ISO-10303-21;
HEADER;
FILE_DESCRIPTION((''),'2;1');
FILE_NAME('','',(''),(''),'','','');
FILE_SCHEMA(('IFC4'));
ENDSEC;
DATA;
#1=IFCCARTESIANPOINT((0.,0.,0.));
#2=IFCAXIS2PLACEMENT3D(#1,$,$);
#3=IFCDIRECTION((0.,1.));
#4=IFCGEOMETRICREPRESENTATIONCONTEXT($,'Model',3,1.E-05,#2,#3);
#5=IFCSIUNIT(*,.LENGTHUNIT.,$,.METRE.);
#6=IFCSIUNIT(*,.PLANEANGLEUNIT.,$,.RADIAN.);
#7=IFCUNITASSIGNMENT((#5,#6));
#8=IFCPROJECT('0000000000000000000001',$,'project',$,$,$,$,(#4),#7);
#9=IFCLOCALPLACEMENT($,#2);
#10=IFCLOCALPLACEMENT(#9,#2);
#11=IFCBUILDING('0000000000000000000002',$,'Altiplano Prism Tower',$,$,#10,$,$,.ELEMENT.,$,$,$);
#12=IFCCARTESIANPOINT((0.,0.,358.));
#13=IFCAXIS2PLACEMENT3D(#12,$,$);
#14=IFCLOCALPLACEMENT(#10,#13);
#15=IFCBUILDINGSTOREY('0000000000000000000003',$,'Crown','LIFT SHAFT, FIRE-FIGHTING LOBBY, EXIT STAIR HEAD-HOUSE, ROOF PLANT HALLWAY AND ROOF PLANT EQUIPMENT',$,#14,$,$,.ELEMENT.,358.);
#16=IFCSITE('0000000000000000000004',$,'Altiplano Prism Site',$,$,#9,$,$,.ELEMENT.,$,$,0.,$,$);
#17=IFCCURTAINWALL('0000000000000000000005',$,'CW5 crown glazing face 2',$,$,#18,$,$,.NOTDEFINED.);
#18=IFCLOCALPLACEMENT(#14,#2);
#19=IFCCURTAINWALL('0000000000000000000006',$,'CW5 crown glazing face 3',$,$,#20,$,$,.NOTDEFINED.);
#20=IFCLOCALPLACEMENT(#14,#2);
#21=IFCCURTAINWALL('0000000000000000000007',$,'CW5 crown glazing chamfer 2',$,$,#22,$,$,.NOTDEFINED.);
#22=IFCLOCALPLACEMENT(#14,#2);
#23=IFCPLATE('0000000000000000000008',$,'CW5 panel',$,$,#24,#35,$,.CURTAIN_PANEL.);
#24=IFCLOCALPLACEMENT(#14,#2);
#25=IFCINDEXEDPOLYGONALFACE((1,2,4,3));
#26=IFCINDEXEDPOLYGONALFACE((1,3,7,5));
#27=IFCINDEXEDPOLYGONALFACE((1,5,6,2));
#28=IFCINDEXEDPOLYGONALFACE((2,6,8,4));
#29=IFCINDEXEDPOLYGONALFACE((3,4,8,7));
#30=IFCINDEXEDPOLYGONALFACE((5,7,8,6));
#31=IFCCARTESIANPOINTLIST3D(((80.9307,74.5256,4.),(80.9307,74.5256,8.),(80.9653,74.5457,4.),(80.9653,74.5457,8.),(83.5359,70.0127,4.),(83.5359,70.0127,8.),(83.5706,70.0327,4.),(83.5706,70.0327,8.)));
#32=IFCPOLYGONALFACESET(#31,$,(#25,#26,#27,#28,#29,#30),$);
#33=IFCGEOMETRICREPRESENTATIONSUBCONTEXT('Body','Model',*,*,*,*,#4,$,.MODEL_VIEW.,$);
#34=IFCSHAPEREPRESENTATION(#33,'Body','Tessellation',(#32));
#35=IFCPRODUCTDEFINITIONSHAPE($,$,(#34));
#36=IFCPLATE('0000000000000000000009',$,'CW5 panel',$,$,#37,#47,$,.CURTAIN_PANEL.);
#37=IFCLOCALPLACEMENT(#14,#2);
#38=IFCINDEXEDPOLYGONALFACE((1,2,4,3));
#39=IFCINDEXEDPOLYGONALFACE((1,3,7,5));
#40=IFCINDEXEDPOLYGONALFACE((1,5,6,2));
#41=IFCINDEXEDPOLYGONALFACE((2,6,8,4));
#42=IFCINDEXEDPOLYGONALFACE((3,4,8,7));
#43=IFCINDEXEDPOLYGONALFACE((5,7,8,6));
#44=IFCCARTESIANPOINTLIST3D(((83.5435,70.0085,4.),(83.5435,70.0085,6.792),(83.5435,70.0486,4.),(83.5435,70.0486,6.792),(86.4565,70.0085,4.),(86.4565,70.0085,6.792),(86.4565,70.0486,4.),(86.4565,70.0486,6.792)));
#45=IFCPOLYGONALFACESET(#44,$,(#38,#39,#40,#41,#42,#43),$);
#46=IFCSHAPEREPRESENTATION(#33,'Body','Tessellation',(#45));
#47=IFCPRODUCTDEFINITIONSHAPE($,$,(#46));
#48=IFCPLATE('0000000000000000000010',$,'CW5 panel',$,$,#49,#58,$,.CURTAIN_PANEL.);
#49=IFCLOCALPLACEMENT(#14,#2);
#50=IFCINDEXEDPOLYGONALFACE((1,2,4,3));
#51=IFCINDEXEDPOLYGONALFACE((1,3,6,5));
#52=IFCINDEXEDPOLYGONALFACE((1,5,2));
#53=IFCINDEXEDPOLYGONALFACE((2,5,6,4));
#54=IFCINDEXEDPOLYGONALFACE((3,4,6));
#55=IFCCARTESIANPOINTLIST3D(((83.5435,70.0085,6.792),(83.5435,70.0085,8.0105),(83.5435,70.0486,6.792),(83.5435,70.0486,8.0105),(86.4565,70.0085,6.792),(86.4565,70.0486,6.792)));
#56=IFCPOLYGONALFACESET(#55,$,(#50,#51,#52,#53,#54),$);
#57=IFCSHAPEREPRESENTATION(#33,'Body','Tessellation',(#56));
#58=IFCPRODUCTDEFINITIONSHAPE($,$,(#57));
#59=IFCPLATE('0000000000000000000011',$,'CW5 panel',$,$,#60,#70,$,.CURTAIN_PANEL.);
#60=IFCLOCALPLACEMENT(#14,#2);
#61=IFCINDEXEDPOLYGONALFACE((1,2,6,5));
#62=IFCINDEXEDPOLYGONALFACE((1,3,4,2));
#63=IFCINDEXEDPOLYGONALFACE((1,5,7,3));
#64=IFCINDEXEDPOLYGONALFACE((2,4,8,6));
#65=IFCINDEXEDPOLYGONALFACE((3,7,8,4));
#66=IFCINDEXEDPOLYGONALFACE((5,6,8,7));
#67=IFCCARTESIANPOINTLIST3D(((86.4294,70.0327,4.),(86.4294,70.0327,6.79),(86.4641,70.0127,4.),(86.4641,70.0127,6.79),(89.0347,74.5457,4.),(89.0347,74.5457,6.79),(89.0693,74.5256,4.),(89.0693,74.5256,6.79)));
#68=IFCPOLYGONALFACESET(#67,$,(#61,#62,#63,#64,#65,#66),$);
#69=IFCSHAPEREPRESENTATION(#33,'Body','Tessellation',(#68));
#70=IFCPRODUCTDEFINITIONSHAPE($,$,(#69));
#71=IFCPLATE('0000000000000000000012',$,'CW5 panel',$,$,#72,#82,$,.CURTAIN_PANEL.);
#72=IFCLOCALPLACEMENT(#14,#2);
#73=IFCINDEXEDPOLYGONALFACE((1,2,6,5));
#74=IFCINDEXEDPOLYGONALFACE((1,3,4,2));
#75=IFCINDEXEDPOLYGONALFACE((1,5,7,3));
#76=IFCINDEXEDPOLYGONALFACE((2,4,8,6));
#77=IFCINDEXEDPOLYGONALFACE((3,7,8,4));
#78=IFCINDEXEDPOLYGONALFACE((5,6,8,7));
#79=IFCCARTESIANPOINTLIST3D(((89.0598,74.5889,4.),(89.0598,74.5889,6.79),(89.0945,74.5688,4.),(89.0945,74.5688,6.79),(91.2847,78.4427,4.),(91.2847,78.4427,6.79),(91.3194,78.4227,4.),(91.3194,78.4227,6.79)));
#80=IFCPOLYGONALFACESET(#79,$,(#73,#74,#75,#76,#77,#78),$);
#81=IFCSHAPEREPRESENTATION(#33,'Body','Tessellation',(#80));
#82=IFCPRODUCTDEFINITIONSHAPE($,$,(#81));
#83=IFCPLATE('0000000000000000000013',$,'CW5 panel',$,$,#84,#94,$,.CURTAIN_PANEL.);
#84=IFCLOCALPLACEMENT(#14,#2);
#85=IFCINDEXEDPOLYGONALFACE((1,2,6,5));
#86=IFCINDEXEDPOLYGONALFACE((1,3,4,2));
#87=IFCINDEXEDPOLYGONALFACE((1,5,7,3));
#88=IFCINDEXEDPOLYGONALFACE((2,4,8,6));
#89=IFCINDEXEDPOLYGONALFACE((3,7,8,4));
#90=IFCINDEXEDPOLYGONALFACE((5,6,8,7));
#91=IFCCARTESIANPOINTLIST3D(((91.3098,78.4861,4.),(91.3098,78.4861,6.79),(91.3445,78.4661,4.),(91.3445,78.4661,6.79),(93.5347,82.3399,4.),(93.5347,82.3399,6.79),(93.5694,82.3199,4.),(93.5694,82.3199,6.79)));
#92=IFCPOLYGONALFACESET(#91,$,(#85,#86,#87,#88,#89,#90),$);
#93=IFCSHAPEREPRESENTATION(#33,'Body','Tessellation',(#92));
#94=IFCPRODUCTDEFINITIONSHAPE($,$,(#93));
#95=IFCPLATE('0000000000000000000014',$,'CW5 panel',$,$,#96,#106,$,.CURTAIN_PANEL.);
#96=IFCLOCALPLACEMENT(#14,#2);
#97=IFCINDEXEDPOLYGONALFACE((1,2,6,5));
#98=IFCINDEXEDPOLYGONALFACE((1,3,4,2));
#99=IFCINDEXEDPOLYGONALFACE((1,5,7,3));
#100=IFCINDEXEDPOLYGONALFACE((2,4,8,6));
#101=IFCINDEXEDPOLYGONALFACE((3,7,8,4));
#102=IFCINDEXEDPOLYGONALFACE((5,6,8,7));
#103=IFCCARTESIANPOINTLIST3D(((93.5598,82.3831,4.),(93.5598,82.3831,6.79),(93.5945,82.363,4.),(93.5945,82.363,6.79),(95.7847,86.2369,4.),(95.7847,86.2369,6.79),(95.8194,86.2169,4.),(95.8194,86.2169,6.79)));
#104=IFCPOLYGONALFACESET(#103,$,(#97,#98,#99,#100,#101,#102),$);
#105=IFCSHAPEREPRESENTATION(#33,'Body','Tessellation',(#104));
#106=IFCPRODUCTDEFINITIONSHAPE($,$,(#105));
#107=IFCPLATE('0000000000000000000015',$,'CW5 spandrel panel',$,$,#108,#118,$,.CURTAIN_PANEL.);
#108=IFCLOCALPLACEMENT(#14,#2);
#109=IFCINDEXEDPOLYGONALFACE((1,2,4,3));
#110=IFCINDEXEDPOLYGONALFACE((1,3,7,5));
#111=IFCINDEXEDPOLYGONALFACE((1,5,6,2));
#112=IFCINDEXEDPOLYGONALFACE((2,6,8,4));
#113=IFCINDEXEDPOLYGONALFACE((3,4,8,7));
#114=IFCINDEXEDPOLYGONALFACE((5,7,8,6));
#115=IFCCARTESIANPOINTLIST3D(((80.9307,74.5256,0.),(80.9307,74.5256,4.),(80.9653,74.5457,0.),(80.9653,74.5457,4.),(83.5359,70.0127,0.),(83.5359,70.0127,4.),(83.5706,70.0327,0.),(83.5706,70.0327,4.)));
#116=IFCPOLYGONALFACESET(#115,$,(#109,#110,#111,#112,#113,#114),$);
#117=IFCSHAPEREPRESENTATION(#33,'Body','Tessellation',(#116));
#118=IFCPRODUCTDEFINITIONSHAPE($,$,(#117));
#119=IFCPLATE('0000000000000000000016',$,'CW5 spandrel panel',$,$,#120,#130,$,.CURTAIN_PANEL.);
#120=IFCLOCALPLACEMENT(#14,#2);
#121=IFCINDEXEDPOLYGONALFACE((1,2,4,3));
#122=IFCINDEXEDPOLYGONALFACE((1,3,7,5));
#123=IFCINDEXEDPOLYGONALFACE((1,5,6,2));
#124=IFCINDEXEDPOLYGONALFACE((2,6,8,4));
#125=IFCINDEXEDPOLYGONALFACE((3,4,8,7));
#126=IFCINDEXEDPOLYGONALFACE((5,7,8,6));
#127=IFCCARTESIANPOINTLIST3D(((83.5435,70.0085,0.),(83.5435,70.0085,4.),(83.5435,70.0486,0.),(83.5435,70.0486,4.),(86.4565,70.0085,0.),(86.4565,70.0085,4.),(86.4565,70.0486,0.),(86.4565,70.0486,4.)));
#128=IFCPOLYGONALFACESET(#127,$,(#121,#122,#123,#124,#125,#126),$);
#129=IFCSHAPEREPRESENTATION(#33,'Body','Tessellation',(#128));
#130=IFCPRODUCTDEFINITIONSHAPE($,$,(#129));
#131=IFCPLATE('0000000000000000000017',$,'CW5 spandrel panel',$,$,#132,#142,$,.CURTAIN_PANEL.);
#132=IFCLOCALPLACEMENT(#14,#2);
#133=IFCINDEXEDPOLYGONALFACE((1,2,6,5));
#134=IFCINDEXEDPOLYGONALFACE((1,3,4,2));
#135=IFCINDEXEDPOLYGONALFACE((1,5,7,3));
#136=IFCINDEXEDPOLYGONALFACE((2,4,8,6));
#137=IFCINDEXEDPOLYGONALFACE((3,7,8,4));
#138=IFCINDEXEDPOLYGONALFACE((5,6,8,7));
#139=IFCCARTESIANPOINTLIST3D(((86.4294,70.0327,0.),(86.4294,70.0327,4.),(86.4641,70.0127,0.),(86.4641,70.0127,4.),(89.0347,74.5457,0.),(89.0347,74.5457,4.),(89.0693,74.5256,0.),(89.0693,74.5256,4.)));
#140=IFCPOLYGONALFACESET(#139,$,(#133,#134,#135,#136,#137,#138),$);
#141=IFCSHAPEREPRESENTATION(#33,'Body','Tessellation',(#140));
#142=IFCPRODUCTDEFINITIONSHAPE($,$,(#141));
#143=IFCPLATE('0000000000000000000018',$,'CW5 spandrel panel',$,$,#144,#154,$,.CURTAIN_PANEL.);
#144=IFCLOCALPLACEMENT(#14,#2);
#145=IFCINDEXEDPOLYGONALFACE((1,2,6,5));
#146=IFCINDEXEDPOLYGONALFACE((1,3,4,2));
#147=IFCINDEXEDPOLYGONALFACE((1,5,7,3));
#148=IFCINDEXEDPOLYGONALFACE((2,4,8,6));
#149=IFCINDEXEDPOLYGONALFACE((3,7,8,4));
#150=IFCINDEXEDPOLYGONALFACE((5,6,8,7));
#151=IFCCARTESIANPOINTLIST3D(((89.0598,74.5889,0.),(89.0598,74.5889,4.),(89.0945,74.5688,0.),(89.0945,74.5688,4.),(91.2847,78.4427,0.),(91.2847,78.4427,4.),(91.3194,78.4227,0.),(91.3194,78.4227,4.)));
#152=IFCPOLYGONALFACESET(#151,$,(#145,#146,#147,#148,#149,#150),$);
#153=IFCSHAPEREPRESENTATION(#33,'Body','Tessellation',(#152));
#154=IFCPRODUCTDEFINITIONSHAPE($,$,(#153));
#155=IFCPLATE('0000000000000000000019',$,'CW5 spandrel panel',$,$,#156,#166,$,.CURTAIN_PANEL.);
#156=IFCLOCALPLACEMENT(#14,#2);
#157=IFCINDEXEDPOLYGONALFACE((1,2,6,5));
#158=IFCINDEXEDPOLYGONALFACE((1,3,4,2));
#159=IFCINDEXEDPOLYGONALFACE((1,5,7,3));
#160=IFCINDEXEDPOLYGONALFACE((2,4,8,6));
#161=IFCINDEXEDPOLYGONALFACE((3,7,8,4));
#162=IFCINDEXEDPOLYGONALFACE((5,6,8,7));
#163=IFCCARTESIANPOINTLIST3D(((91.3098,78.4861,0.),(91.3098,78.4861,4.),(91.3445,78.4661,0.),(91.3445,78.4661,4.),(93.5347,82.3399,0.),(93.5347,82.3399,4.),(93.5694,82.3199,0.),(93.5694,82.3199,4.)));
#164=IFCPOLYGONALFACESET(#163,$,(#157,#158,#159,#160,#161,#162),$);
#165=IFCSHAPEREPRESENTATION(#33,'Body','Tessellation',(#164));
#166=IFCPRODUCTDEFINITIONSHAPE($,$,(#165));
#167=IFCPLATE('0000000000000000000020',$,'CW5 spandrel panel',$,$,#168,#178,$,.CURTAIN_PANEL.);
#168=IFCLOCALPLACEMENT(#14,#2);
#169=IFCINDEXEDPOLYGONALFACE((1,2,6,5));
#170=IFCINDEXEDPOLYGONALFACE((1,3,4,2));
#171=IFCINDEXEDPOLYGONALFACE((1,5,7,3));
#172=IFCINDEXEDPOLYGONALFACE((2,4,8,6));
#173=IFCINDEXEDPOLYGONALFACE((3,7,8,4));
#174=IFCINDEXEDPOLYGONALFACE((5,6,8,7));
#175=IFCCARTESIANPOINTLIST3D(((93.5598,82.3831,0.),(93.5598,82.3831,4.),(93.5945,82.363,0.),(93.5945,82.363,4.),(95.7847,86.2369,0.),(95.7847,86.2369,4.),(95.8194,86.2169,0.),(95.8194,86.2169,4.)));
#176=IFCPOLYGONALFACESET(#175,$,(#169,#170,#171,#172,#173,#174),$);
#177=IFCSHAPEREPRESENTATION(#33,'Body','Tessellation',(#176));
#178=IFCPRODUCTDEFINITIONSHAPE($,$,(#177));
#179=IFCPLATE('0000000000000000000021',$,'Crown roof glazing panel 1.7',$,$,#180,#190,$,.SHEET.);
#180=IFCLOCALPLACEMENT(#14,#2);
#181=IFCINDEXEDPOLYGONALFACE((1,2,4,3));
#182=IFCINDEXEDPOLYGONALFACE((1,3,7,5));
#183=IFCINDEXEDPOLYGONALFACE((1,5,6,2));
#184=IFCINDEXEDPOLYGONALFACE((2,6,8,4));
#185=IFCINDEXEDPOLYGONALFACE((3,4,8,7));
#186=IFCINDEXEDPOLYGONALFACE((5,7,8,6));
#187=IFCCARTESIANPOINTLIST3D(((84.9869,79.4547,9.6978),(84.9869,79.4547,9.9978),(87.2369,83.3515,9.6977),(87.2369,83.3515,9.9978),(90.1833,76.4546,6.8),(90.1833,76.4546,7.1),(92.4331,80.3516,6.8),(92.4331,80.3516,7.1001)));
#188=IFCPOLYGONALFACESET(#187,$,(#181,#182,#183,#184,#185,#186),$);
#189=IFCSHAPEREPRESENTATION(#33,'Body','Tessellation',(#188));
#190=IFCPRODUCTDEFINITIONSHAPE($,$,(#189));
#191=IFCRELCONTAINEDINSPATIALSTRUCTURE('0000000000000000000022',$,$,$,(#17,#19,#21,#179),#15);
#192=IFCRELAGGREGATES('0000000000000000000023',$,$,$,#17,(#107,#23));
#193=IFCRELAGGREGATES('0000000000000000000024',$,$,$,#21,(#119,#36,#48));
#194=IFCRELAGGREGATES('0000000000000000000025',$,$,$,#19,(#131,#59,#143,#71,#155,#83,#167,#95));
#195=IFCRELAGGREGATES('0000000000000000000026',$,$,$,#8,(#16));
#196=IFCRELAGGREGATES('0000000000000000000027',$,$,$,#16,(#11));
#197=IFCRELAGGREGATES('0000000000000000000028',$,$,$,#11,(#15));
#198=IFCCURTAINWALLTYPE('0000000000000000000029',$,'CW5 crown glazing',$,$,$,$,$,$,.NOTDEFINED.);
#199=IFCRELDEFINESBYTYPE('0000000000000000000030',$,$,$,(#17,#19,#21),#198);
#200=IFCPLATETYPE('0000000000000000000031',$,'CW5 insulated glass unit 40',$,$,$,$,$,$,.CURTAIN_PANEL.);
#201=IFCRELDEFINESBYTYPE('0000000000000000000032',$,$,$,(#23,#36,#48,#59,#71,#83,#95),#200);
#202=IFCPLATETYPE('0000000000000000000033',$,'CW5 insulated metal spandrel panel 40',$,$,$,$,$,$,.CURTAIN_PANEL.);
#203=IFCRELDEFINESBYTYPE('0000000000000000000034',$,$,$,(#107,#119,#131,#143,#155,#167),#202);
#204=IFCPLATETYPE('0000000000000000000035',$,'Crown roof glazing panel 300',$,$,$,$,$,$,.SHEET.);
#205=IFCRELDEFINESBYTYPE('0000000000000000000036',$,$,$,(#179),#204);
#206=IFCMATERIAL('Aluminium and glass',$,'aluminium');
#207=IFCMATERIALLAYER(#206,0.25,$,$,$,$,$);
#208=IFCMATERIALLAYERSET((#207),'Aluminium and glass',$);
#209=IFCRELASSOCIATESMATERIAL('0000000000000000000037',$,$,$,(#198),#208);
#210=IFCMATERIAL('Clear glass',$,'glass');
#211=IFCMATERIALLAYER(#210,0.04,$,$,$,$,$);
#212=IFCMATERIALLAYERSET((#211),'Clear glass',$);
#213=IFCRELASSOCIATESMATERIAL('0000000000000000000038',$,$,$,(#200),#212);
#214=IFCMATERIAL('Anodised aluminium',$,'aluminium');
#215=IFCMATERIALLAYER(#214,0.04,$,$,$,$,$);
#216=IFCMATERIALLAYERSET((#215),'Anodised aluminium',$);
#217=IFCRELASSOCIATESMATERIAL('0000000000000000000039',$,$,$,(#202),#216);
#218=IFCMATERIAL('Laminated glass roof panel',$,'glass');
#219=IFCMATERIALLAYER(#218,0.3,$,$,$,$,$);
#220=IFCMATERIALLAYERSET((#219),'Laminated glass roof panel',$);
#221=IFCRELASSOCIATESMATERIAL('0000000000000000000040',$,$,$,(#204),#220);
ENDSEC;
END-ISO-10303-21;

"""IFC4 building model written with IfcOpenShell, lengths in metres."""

from ifc_helpers import new_model, si_unit, direction, frame, origin, place, context, subcontext, project, spatial, polyline, outline, extrude, material, layer, layer_set, type_object, element, aggregate, save


model = new_model("IFC4")

# Units and contexts
model_context = context("Model", 3, precision=1e-05, world=origin(), true_north=direction((0.0, 1.0)))
body_context = subcontext(model_context, "Body", "Model", "MODEL_VIEW")
ifc_project = project(units=[si_unit("LENGTHUNIT", "METRE"), si_unit("PLANEANGLEUNIT", "RADIAN")], contexts=[model_context])

# Site, building, storey
site_placement = place(None, origin())
site = spatial("IfcSite", under=ifc_project, at=site_placement, Name="Altiplano Prism Site", CompositionType="ELEMENT", RefElevation=0.0)
building_placement = place(site_placement, origin())
building = spatial("IfcBuilding", under=site, at=building_placement, Name="Altiplano Prism Tower", CompositionType="ELEMENT")
storey_placement = place(building_placement, frame((0.0, 0.0, 358.0)))
storey = spatial("IfcBuildingStorey", under=building, at=storey_placement, Name="Crown", Description="LIFT SHAFT, FIRE-FIGHTING LOBBY, EXIT STAIR HEAD-HOUSE, ROOF PLANT HALLWAY AND ROOF PLANT EQUIPMENT", CompositionType="ELEMENT", Elevation=358.0)

# Curtain wall
ifc_material_1 = material(Name="Aluminium and glass", Category="aluminium")
ifc_layer_1 = layer(ifc_material_1, 0.25)
ifc_layer_set_1 = layer_set([ifc_layer_1], Name="Aluminium and glass")
curtain_wall_type = type_object("IfcCurtainWallType", Name="CW5 crown glazing", PredefinedType="NOTDEFINED", material=ifc_layer_set_1)
curtain_wall_1_placement = place(storey_placement, origin())
curtain_wall_1 = element("IfcCurtainWall", 1, at=curtain_wall_1_placement, inside=storey, type_object=curtain_wall_type, Name="CW5 crown glazing face 2", PredefinedType="NOTDEFINED")

# Curtain wall
curtain_wall_2_placement = place(storey_placement, origin())
curtain_wall_2 = element("IfcCurtainWall", 2, at=curtain_wall_2_placement, inside=storey, type_object=curtain_wall_type, Name="CW5 crown glazing face 3", PredefinedType="NOTDEFINED")

# Curtain wall
curtain_wall_3_placement = place(storey_placement, origin())
curtain_wall_3 = element("IfcCurtainWall", 3, at=curtain_wall_3_placement, inside=storey, type_object=curtain_wall_type, Name="CW5 crown glazing chamfer 2", PredefinedType="NOTDEFINED")

# Plates
ifc_material_2 = material(Name="Clear glass", Category="glass")
ifc_layer_2 = layer(ifc_material_2, 0.04)
ifc_layer_set_2 = layer_set([ifc_layer_2], Name="Clear glass")
plate_type_1 = type_object("IfcPlateType", Name="CW5 insulated glass unit 40", PredefinedType="CURTAIN_PANEL", material=ifc_layer_set_2)
plate_1_placement = place(storey_placement, frame((80.9307, 74.5256, 4.0), z_axis=(-0.866052, -0.499954, 0.0), x_axis=(0.499954, -0.866052, 0.0)))
plate_1 = element("IfcPlate", 4, at=plate_1_placement, type_object=plate_type_1, Name="CW5 panel", PredefinedType="CURTAIN_PANEL", context=body_context, shape_type="SweptSolid", body=[
    extrude(outline(polyline([(0.0, 0.0), (5.2109, 0.0), (5.2109, 4.0), (0.0, 4.0), (0.0, 0.0)])), origin(), (0.0, 0.0, -1.0), 0.04),
])
plate_2_placement = place(storey_placement, frame((83.5435, 70.0085, 4.0), z_axis=(0.0, -1.0, 0.0), x_axis=(1.0, 0.0, 0.0)))
plate_2 = element("IfcPlate", 5, at=plate_2_placement, type_object=plate_type_1, Name="CW5 panel", PredefinedType="CURTAIN_PANEL", context=body_context, shape_type="SweptSolid", body=[
    extrude(outline(polyline([(0.0, 0.0), (2.9131, 0.0), (2.9131, 2.792), (0.0, 2.792), (0.0, 0.0)])), origin(), (0.0, 0.0, -1.0), 0.04),
])
plate_3_placement = place(storey_placement, frame((83.5435, 70.0085, 8.0105), z_axis=(0.0, -1.0, 0.0), x_axis=(0.0, 0.0, -1.0)))
plate_3 = element("IfcPlate", 6, at=plate_3_placement, type_object=plate_type_1, Name="CW5 panel", PredefinedType="CURTAIN_PANEL", context=body_context, shape_type="SweptSolid", body=[
    extrude(outline(polyline([(0.0, 0.0), (1.2185, 0.0), (1.2185, 2.9131), (0.0, 0.0)])), origin(), (0.0, 0.0, -1.0), 0.04),
])
plate_4_placement = place(storey_placement, frame((86.4641, 70.0127, 4.0), z_axis=(0.866052, -0.499954, 0.0), x_axis=(0.499954, 0.866052, 0.0)))
plate_4 = element("IfcPlate", 7, at=plate_4_placement, type_object=plate_type_1, Name="CW5 panel", PredefinedType="CURTAIN_PANEL", context=body_context, shape_type="SweptSolid", body=[
    extrude(outline(polyline([(0.0, 0.0), (5.2109, 0.0), (5.2109, 2.79), (0.0, 2.79), (0.0, 0.0)])), origin(), (0.0, 0.0, -1.0), 0.04),
])
plate_5_placement = place(storey_placement, frame((89.0945, 74.5688, 4.0), z_axis=(0.866037, -0.49998, 0.0), x_axis=(0.49998, 0.866037, 0.0)))
plate_5 = element("IfcPlate", 8, at=plate_5_placement, type_object=plate_type_1, Name="CW5 panel", PredefinedType="CURTAIN_PANEL", context=body_context, shape_type="SweptSolid", body=[
    extrude(outline(polyline([(0.0, 0.0), (4.45, 0.0), (4.45, 2.79), (0.0, 2.79), (0.0, 0.0)])), origin(), (0.0, 0.0, -1.0), 0.04),
])
plate_6_placement = place(storey_placement, frame((91.3445, 78.4661, 4.0), z_axis=(0.866037, -0.49998, 0.0), x_axis=(0.49998, 0.866037, 0.0)))
plate_6 = element("IfcPlate", 9, at=plate_6_placement, type_object=plate_type_1, Name="CW5 panel", PredefinedType="CURTAIN_PANEL", context=body_context, shape_type="SweptSolid", body=[
    extrude(outline(polyline([(0.0, 0.0), (4.45, 0.0), (4.45, 2.79), (0.0, 2.79), (0.0, 0.0)])), origin(), (0.0, 0.0, -1.0), 0.04),
])
plate_7_placement = place(storey_placement, frame((93.5945, 82.363, 4.0), z_axis=(0.866037, -0.49998, 0.0), x_axis=(0.49998, 0.866037, 0.0)))
plate_7 = element("IfcPlate", 10, at=plate_7_placement, type_object=plate_type_1, Name="CW5 panel", PredefinedType="CURTAIN_PANEL", context=body_context, shape_type="SweptSolid", body=[
    extrude(outline(polyline([(0.0, 0.0), (4.45, 0.0), (4.45, 2.79), (0.0, 2.79), (0.0, 0.0)])), origin(), (0.0, 0.0, -1.0), 0.04),
])
ifc_material_3 = material(Name="Anodised aluminium", Category="aluminium")
ifc_layer_3 = layer(ifc_material_3, 0.04)
ifc_layer_set_3 = layer_set([ifc_layer_3], Name="Anodised aluminium")
plate_type_2 = type_object("IfcPlateType", Name="CW5 insulated metal spandrel panel 40", PredefinedType="CURTAIN_PANEL", material=ifc_layer_set_3)
plate_8_placement = place(storey_placement, frame((80.9307, 74.5256, 0.0), z_axis=(-0.866052, -0.499954, 0.0), x_axis=(0.499954, -0.866052, 0.0)))
plate_8 = element("IfcPlate", 11, at=plate_8_placement, type_object=plate_type_2, Name="CW5 spandrel panel", PredefinedType="CURTAIN_PANEL", context=body_context, shape_type="SweptSolid", body=[
    extrude(outline(polyline([(0.0, 0.0), (5.2109, 0.0), (5.2109, 4.0), (0.0, 4.0), (0.0, 0.0)])), origin(), (0.0, 0.0, -1.0), 0.04),
])
aggregate(curtain_wall_1, [plate_8, plate_1])
plate_9_placement = place(storey_placement, frame((83.5435, 70.0085, 0.0), z_axis=(0.0, -1.0, 0.0), x_axis=(1.0, 0.0, 0.0)))
plate_9 = element("IfcPlate", 12, at=plate_9_placement, type_object=plate_type_2, Name="CW5 spandrel panel", PredefinedType="CURTAIN_PANEL", context=body_context, shape_type="SweptSolid", body=[
    extrude(outline(polyline([(0.0, 0.0), (2.9131, 0.0), (2.9131, 4.0), (0.0, 4.0), (0.0, 0.0)])), origin(), (0.0, 0.0, -1.0), 0.04),
])
aggregate(curtain_wall_3, [plate_9, plate_2, plate_3])
plate_10_placement = place(storey_placement, frame((86.4641, 70.0127, 0.0), z_axis=(0.866052, -0.499954, 0.0), x_axis=(0.499954, 0.866052, 0.0)))
plate_10 = element("IfcPlate", 13, at=plate_10_placement, type_object=plate_type_2, Name="CW5 spandrel panel", PredefinedType="CURTAIN_PANEL", context=body_context, shape_type="SweptSolid", body=[
    extrude(outline(polyline([(0.0, 0.0), (5.2109, 0.0), (5.2109, 4.0), (0.0, 4.0), (0.0, 0.0)])), origin(), (0.0, 0.0, -1.0), 0.04),
])
plate_11_placement = place(storey_placement, frame((89.0945, 74.5688, 0.0), z_axis=(0.866037, -0.49998, 0.0), x_axis=(0.49998, 0.866037, 0.0)))
plate_11 = element("IfcPlate", 14, at=plate_11_placement, type_object=plate_type_2, Name="CW5 spandrel panel", PredefinedType="CURTAIN_PANEL", context=body_context, shape_type="SweptSolid", body=[
    extrude(outline(polyline([(0.0, 0.0), (4.45, 0.0), (4.45, 4.0), (0.0, 4.0), (0.0, 0.0)])), origin(), (0.0, 0.0, -1.0), 0.04),
])
plate_12_placement = place(storey_placement, frame((91.3445, 78.4661, 0.0), z_axis=(0.866037, -0.49998, 0.0), x_axis=(0.49998, 0.866037, 0.0)))
plate_12 = element("IfcPlate", 15, at=plate_12_placement, type_object=plate_type_2, Name="CW5 spandrel panel", PredefinedType="CURTAIN_PANEL", context=body_context, shape_type="SweptSolid", body=[
    extrude(outline(polyline([(0.0, 0.0), (4.45, 0.0), (4.45, 4.0), (0.0, 4.0), (0.0, 0.0)])), origin(), (0.0, 0.0, -1.0), 0.04),
])
plate_13_placement = place(storey_placement, frame((93.5945, 82.363, 0.0), z_axis=(0.866037, -0.49998, 0.0), x_axis=(0.49998, 0.866037, 0.0)))
plate_13 = element("IfcPlate", 16, at=plate_13_placement, type_object=plate_type_2, Name="CW5 spandrel panel", PredefinedType="CURTAIN_PANEL", context=body_context, shape_type="SweptSolid", body=[
    extrude(outline(polyline([(0.0, 0.0), (4.45, 0.0), (4.45, 4.0), (0.0, 4.0), (0.0, 0.0)])), origin(), (0.0, 0.0, -1.0), 0.04),
])
aggregate(curtain_wall_2, [plate_10, plate_4, plate_11, plate_5, plate_12, plate_6, plate_13, plate_7])

# Plate
ifc_material_4 = material(Name="Laminated glass roof panel", Category="glass")
ifc_layer_4 = layer(ifc_material_4, 0.3)
ifc_layer_set_4 = layer_set([ifc_layer_4], Name="Laminated glass roof panel")
plate_type_3 = type_object("IfcPlateType", Name="Crown roof glazing panel 300", PredefinedType="SHEET", material=ifc_layer_set_4)
plate_14_placement = place(storey_placement, frame((92.4331, 80.3516, 7.1001), z_axis=(0.376616, -0.217447, 0.900487), x_axis=(-0.77985, 0.450235, 0.434882)))
element("IfcPlate", 17, at=plate_14_placement, inside=storey, type_object=plate_type_3, Name="Crown roof glazing panel 1.7", PredefinedType="SHEET", context=body_context, shape_type="SweptSolid", body=[
    extrude(outline(polyline([(0.0, 0.0), (6.6631, 0.0), (6.6633, 4.4998), (0.0, 4.4998), (0.0, 0.0)])), origin(), (-0.434882, 0.000011, -0.900487), 0.3),
])

save(model, "model.ifc")
